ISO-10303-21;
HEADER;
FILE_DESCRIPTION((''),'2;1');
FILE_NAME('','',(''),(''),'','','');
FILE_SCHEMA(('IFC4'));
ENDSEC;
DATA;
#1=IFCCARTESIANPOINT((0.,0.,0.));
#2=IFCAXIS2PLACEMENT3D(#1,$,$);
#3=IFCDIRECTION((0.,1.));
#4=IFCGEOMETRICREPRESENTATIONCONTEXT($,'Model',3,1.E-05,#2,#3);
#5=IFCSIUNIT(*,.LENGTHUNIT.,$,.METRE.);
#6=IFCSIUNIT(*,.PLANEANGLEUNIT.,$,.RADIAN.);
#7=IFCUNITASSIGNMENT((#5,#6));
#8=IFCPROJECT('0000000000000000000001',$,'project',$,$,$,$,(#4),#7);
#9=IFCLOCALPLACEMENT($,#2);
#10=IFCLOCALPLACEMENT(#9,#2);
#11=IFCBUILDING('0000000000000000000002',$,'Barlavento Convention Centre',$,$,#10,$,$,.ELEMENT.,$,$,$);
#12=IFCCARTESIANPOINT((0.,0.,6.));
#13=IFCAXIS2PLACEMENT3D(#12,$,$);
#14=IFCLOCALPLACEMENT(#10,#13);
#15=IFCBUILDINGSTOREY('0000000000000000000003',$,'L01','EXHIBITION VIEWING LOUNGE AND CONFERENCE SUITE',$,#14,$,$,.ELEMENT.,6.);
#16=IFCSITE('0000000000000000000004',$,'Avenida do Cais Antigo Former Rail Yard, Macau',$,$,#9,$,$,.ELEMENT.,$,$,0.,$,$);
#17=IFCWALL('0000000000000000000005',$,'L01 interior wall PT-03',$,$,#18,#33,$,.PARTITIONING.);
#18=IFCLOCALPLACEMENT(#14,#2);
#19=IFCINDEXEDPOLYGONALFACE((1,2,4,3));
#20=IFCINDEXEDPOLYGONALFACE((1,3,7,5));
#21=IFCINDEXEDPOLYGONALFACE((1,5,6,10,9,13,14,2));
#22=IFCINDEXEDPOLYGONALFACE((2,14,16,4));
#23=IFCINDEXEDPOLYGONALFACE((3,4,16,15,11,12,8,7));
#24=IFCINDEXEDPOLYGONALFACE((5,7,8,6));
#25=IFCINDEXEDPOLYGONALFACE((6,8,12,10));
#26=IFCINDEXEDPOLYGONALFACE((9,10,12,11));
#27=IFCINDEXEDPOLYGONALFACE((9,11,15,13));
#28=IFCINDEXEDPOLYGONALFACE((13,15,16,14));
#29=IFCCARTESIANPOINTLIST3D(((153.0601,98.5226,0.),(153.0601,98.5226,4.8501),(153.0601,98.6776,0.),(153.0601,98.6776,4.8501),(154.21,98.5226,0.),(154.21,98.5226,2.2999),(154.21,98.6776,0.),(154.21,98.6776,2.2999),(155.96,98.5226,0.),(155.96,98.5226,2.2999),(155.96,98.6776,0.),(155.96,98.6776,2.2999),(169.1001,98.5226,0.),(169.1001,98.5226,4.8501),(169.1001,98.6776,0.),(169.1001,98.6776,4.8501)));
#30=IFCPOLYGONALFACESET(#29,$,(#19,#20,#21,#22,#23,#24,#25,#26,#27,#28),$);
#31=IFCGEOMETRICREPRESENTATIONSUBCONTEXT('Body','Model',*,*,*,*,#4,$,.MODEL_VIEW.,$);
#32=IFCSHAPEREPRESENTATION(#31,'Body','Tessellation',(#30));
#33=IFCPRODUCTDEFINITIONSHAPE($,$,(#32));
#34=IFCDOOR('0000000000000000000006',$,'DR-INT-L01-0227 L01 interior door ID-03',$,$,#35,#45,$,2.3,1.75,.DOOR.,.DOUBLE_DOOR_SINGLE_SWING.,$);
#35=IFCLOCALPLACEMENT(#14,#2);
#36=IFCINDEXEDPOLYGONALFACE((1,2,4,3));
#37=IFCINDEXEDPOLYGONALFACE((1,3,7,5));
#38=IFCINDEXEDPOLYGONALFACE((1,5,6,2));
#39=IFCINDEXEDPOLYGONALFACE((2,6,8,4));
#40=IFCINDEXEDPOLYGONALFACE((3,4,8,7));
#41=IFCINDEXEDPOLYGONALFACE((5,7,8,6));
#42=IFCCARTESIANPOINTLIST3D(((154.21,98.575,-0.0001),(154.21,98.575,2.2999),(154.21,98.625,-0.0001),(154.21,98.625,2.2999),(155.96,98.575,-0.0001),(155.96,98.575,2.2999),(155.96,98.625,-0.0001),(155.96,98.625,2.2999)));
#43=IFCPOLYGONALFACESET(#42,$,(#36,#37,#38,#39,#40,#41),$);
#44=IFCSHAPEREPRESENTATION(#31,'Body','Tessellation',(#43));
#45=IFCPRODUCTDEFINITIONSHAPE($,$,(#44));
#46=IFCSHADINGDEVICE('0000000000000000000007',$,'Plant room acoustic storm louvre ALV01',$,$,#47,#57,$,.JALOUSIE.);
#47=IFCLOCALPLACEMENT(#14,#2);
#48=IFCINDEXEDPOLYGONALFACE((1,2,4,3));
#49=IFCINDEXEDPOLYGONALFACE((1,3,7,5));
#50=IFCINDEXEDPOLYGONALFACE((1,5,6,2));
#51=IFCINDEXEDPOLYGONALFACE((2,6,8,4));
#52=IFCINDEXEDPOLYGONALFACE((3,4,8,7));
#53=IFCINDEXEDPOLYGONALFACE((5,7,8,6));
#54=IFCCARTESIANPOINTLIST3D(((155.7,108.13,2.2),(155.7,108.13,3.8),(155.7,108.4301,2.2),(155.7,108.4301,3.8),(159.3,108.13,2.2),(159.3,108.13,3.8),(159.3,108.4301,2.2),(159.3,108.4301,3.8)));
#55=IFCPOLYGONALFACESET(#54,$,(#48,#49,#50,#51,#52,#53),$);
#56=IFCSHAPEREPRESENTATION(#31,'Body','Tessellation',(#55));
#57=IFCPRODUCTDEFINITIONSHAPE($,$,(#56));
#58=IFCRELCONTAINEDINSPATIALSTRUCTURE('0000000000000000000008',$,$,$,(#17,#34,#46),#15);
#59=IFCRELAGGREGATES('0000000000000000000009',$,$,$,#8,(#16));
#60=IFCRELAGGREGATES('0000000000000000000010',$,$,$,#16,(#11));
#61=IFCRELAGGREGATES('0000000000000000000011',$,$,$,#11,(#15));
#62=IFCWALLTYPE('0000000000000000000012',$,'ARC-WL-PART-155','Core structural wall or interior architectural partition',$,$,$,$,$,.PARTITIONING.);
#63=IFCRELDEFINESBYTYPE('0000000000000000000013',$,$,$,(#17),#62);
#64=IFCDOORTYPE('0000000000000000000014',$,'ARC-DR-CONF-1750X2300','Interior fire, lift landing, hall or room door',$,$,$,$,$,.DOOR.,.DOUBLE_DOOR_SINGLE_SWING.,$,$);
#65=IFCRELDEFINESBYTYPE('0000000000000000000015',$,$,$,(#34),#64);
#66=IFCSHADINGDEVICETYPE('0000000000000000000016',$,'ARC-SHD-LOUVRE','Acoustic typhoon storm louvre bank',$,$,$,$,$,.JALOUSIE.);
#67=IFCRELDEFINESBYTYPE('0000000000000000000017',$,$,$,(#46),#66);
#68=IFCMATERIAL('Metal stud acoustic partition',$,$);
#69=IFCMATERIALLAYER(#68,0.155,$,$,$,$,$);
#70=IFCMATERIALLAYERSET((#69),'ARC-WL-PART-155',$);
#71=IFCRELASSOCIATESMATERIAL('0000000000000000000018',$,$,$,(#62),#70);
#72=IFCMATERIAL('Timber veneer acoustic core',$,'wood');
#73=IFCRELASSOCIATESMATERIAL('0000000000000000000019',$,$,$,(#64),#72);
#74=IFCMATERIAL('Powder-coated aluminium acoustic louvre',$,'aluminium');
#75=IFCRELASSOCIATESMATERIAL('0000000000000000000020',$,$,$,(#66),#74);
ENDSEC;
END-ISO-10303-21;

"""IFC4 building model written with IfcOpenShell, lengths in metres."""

from ifc_helpers import new_model, si_unit, direction, frame, frame_2d, origin, origin_2d, place, context, subcontext, project, spatial, rectangle, extrude, material, layer, layer_set, type_object, element, fill, save


model = new_model("IFC4")

# Units and contexts
model_context = context("Model", 3, precision=1e-05, world=origin(), true_north=direction((0.0, 1.0)))
body_context = subcontext(model_context, "Body", "Model", "MODEL_VIEW")
ifc_project = project(units=[si_unit("LENGTHUNIT", "METRE"), si_unit("PLANEANGLEUNIT", "RADIAN")], contexts=[model_context])

# Site, building, storey
site_placement = place(None, origin())
site = spatial("IfcSite", under=ifc_project, at=site_placement, Name="Avenida do Cais Antigo Former Rail Yard, Macau", CompositionType="ELEMENT", RefElevation=0.0)
building_placement = place(site_placement, origin())
building = spatial("IfcBuilding", under=site, at=building_placement, Name="Barlavento Convention Centre", CompositionType="ELEMENT")
storey_placement = place(building_placement, frame((0.0, 0.0, 6.0)))
storey = spatial("IfcBuildingStorey", under=building, at=storey_placement, Name="L01", Description="EXHIBITION VIEWING LOUNGE AND CONFERENCE SUITE", CompositionType="ELEMENT", Elevation=6.0)

# Wall, opening, door
ifc_material_1 = material(Name="Metal stud acoustic partition")
ifc_layer_1 = layer(ifc_material_1, 0.155)
ifc_layer_set_1 = layer_set([ifc_layer_1], Name="ARC-WL-PART-155")
wall_type_1 = type_object("IfcWallType", Name="ARC-WL-PART-155", Description="Core structural wall or interior architectural partition", PredefinedType="PARTITIONING", material=ifc_layer_set_1)
wall_1_placement = place(storey_placement, frame((153.0601, 98.6001, 0.0), z_axis=(0.0, 0.0, 1.0), x_axis=(1.0, 0.0, 0.0)))
wall_1 = element("IfcWall", 1, at=wall_1_placement, inside=storey, type_object=wall_type_1, Name="L01 interior wall PT-03", PredefinedType="PARTITIONING", context=body_context, shape_type="SweptSolid", body=[
    extrude(rectangle(XDim=16.04, YDim=0.155, at=frame_2d((8.02, 0.0))), origin(), (0.0, 0.0, 1.0), 4.8501),
])
opening_1_placement = place(wall_1_placement, frame((1.1499, 0.0, 0.0)))
opening_1 = element("IfcOpeningElement", 2, at=opening_1_placement, cuts=wall_1, PredefinedType="OPENING", context=body_context, shape_type="SweptSolid", body=[
    extrude(rectangle(XDim=1.75, YDim=2.3, at=frame_2d((0.875, 1.1499))), frame((0.0, 0.0874, 0.0), z_axis=(0.0, -1.0, 0.0), x_axis=(1.0, 0.0, 0.0)), (0.0, 0.0, 1.0), 0.175),
])
ifc_material_2 = material(Name="Timber veneer acoustic core", Category="wood")
door_type = type_object("IfcDoorType", Name="ARC-DR-CONF-1750X2300", Description="Interior fire, lift landing, hall or room door", OperationType="DOUBLE_DOOR_SINGLE_SWING", PredefinedType="DOOR", material=ifc_material_2)
door_placement = place(opening_1_placement, origin())
door = element("IfcDoor", 3, at=door_placement, inside=storey, type_object=door_type, Name="DR-INT-L01-0227 L01 interior door ID-03", OperationType="DOUBLE_DOOR_SINGLE_SWING", OverallHeight=2.3, OverallWidth=1.75, PredefinedType="DOOR", context=body_context, shape_type="SweptSolid", body=[
    extrude(rectangle(XDim=1.75, YDim=2.3, at=frame_2d((0.875, 1.1499))), frame((0.0, 0.0249, 0.0), z_axis=(0.0, -1.0, 0.0), x_axis=(1.0, 0.0, 0.0)), (0.0, 0.0, 1.0), 0.05),
])
fill(opening_1, door)

# Shading device
ifc_material_3 = material(Name="Powder-coated aluminium acoustic louvre", Category="aluminium")
shading_device_type = type_object("IfcShadingDeviceType", Name="ARC-SHD-LOUVRE", Description="Acoustic typhoon storm louvre bank", PredefinedType="JALOUSIE", material=ifc_material_3)
shading_device_placement = place(storey_placement, frame((157.5, 108.28, 2.2), z_axis=(0.0, 0.0, 1.0), x_axis=(1.0, 0.0, 0.0)))
element("IfcShadingDevice", 4, at=shading_device_placement, inside=storey, type_object=shading_device_type, Name="Plant room acoustic storm louvre ALV01", PredefinedType="JALOUSIE", context=body_context, shape_type="SweptSolid", body=[
    extrude(rectangle(XDim=3.6001, YDim=0.3, at=origin_2d()), origin(), (0.0, 0.0, 1.0), 1.6001),
])

save(model, "model.ifc")
